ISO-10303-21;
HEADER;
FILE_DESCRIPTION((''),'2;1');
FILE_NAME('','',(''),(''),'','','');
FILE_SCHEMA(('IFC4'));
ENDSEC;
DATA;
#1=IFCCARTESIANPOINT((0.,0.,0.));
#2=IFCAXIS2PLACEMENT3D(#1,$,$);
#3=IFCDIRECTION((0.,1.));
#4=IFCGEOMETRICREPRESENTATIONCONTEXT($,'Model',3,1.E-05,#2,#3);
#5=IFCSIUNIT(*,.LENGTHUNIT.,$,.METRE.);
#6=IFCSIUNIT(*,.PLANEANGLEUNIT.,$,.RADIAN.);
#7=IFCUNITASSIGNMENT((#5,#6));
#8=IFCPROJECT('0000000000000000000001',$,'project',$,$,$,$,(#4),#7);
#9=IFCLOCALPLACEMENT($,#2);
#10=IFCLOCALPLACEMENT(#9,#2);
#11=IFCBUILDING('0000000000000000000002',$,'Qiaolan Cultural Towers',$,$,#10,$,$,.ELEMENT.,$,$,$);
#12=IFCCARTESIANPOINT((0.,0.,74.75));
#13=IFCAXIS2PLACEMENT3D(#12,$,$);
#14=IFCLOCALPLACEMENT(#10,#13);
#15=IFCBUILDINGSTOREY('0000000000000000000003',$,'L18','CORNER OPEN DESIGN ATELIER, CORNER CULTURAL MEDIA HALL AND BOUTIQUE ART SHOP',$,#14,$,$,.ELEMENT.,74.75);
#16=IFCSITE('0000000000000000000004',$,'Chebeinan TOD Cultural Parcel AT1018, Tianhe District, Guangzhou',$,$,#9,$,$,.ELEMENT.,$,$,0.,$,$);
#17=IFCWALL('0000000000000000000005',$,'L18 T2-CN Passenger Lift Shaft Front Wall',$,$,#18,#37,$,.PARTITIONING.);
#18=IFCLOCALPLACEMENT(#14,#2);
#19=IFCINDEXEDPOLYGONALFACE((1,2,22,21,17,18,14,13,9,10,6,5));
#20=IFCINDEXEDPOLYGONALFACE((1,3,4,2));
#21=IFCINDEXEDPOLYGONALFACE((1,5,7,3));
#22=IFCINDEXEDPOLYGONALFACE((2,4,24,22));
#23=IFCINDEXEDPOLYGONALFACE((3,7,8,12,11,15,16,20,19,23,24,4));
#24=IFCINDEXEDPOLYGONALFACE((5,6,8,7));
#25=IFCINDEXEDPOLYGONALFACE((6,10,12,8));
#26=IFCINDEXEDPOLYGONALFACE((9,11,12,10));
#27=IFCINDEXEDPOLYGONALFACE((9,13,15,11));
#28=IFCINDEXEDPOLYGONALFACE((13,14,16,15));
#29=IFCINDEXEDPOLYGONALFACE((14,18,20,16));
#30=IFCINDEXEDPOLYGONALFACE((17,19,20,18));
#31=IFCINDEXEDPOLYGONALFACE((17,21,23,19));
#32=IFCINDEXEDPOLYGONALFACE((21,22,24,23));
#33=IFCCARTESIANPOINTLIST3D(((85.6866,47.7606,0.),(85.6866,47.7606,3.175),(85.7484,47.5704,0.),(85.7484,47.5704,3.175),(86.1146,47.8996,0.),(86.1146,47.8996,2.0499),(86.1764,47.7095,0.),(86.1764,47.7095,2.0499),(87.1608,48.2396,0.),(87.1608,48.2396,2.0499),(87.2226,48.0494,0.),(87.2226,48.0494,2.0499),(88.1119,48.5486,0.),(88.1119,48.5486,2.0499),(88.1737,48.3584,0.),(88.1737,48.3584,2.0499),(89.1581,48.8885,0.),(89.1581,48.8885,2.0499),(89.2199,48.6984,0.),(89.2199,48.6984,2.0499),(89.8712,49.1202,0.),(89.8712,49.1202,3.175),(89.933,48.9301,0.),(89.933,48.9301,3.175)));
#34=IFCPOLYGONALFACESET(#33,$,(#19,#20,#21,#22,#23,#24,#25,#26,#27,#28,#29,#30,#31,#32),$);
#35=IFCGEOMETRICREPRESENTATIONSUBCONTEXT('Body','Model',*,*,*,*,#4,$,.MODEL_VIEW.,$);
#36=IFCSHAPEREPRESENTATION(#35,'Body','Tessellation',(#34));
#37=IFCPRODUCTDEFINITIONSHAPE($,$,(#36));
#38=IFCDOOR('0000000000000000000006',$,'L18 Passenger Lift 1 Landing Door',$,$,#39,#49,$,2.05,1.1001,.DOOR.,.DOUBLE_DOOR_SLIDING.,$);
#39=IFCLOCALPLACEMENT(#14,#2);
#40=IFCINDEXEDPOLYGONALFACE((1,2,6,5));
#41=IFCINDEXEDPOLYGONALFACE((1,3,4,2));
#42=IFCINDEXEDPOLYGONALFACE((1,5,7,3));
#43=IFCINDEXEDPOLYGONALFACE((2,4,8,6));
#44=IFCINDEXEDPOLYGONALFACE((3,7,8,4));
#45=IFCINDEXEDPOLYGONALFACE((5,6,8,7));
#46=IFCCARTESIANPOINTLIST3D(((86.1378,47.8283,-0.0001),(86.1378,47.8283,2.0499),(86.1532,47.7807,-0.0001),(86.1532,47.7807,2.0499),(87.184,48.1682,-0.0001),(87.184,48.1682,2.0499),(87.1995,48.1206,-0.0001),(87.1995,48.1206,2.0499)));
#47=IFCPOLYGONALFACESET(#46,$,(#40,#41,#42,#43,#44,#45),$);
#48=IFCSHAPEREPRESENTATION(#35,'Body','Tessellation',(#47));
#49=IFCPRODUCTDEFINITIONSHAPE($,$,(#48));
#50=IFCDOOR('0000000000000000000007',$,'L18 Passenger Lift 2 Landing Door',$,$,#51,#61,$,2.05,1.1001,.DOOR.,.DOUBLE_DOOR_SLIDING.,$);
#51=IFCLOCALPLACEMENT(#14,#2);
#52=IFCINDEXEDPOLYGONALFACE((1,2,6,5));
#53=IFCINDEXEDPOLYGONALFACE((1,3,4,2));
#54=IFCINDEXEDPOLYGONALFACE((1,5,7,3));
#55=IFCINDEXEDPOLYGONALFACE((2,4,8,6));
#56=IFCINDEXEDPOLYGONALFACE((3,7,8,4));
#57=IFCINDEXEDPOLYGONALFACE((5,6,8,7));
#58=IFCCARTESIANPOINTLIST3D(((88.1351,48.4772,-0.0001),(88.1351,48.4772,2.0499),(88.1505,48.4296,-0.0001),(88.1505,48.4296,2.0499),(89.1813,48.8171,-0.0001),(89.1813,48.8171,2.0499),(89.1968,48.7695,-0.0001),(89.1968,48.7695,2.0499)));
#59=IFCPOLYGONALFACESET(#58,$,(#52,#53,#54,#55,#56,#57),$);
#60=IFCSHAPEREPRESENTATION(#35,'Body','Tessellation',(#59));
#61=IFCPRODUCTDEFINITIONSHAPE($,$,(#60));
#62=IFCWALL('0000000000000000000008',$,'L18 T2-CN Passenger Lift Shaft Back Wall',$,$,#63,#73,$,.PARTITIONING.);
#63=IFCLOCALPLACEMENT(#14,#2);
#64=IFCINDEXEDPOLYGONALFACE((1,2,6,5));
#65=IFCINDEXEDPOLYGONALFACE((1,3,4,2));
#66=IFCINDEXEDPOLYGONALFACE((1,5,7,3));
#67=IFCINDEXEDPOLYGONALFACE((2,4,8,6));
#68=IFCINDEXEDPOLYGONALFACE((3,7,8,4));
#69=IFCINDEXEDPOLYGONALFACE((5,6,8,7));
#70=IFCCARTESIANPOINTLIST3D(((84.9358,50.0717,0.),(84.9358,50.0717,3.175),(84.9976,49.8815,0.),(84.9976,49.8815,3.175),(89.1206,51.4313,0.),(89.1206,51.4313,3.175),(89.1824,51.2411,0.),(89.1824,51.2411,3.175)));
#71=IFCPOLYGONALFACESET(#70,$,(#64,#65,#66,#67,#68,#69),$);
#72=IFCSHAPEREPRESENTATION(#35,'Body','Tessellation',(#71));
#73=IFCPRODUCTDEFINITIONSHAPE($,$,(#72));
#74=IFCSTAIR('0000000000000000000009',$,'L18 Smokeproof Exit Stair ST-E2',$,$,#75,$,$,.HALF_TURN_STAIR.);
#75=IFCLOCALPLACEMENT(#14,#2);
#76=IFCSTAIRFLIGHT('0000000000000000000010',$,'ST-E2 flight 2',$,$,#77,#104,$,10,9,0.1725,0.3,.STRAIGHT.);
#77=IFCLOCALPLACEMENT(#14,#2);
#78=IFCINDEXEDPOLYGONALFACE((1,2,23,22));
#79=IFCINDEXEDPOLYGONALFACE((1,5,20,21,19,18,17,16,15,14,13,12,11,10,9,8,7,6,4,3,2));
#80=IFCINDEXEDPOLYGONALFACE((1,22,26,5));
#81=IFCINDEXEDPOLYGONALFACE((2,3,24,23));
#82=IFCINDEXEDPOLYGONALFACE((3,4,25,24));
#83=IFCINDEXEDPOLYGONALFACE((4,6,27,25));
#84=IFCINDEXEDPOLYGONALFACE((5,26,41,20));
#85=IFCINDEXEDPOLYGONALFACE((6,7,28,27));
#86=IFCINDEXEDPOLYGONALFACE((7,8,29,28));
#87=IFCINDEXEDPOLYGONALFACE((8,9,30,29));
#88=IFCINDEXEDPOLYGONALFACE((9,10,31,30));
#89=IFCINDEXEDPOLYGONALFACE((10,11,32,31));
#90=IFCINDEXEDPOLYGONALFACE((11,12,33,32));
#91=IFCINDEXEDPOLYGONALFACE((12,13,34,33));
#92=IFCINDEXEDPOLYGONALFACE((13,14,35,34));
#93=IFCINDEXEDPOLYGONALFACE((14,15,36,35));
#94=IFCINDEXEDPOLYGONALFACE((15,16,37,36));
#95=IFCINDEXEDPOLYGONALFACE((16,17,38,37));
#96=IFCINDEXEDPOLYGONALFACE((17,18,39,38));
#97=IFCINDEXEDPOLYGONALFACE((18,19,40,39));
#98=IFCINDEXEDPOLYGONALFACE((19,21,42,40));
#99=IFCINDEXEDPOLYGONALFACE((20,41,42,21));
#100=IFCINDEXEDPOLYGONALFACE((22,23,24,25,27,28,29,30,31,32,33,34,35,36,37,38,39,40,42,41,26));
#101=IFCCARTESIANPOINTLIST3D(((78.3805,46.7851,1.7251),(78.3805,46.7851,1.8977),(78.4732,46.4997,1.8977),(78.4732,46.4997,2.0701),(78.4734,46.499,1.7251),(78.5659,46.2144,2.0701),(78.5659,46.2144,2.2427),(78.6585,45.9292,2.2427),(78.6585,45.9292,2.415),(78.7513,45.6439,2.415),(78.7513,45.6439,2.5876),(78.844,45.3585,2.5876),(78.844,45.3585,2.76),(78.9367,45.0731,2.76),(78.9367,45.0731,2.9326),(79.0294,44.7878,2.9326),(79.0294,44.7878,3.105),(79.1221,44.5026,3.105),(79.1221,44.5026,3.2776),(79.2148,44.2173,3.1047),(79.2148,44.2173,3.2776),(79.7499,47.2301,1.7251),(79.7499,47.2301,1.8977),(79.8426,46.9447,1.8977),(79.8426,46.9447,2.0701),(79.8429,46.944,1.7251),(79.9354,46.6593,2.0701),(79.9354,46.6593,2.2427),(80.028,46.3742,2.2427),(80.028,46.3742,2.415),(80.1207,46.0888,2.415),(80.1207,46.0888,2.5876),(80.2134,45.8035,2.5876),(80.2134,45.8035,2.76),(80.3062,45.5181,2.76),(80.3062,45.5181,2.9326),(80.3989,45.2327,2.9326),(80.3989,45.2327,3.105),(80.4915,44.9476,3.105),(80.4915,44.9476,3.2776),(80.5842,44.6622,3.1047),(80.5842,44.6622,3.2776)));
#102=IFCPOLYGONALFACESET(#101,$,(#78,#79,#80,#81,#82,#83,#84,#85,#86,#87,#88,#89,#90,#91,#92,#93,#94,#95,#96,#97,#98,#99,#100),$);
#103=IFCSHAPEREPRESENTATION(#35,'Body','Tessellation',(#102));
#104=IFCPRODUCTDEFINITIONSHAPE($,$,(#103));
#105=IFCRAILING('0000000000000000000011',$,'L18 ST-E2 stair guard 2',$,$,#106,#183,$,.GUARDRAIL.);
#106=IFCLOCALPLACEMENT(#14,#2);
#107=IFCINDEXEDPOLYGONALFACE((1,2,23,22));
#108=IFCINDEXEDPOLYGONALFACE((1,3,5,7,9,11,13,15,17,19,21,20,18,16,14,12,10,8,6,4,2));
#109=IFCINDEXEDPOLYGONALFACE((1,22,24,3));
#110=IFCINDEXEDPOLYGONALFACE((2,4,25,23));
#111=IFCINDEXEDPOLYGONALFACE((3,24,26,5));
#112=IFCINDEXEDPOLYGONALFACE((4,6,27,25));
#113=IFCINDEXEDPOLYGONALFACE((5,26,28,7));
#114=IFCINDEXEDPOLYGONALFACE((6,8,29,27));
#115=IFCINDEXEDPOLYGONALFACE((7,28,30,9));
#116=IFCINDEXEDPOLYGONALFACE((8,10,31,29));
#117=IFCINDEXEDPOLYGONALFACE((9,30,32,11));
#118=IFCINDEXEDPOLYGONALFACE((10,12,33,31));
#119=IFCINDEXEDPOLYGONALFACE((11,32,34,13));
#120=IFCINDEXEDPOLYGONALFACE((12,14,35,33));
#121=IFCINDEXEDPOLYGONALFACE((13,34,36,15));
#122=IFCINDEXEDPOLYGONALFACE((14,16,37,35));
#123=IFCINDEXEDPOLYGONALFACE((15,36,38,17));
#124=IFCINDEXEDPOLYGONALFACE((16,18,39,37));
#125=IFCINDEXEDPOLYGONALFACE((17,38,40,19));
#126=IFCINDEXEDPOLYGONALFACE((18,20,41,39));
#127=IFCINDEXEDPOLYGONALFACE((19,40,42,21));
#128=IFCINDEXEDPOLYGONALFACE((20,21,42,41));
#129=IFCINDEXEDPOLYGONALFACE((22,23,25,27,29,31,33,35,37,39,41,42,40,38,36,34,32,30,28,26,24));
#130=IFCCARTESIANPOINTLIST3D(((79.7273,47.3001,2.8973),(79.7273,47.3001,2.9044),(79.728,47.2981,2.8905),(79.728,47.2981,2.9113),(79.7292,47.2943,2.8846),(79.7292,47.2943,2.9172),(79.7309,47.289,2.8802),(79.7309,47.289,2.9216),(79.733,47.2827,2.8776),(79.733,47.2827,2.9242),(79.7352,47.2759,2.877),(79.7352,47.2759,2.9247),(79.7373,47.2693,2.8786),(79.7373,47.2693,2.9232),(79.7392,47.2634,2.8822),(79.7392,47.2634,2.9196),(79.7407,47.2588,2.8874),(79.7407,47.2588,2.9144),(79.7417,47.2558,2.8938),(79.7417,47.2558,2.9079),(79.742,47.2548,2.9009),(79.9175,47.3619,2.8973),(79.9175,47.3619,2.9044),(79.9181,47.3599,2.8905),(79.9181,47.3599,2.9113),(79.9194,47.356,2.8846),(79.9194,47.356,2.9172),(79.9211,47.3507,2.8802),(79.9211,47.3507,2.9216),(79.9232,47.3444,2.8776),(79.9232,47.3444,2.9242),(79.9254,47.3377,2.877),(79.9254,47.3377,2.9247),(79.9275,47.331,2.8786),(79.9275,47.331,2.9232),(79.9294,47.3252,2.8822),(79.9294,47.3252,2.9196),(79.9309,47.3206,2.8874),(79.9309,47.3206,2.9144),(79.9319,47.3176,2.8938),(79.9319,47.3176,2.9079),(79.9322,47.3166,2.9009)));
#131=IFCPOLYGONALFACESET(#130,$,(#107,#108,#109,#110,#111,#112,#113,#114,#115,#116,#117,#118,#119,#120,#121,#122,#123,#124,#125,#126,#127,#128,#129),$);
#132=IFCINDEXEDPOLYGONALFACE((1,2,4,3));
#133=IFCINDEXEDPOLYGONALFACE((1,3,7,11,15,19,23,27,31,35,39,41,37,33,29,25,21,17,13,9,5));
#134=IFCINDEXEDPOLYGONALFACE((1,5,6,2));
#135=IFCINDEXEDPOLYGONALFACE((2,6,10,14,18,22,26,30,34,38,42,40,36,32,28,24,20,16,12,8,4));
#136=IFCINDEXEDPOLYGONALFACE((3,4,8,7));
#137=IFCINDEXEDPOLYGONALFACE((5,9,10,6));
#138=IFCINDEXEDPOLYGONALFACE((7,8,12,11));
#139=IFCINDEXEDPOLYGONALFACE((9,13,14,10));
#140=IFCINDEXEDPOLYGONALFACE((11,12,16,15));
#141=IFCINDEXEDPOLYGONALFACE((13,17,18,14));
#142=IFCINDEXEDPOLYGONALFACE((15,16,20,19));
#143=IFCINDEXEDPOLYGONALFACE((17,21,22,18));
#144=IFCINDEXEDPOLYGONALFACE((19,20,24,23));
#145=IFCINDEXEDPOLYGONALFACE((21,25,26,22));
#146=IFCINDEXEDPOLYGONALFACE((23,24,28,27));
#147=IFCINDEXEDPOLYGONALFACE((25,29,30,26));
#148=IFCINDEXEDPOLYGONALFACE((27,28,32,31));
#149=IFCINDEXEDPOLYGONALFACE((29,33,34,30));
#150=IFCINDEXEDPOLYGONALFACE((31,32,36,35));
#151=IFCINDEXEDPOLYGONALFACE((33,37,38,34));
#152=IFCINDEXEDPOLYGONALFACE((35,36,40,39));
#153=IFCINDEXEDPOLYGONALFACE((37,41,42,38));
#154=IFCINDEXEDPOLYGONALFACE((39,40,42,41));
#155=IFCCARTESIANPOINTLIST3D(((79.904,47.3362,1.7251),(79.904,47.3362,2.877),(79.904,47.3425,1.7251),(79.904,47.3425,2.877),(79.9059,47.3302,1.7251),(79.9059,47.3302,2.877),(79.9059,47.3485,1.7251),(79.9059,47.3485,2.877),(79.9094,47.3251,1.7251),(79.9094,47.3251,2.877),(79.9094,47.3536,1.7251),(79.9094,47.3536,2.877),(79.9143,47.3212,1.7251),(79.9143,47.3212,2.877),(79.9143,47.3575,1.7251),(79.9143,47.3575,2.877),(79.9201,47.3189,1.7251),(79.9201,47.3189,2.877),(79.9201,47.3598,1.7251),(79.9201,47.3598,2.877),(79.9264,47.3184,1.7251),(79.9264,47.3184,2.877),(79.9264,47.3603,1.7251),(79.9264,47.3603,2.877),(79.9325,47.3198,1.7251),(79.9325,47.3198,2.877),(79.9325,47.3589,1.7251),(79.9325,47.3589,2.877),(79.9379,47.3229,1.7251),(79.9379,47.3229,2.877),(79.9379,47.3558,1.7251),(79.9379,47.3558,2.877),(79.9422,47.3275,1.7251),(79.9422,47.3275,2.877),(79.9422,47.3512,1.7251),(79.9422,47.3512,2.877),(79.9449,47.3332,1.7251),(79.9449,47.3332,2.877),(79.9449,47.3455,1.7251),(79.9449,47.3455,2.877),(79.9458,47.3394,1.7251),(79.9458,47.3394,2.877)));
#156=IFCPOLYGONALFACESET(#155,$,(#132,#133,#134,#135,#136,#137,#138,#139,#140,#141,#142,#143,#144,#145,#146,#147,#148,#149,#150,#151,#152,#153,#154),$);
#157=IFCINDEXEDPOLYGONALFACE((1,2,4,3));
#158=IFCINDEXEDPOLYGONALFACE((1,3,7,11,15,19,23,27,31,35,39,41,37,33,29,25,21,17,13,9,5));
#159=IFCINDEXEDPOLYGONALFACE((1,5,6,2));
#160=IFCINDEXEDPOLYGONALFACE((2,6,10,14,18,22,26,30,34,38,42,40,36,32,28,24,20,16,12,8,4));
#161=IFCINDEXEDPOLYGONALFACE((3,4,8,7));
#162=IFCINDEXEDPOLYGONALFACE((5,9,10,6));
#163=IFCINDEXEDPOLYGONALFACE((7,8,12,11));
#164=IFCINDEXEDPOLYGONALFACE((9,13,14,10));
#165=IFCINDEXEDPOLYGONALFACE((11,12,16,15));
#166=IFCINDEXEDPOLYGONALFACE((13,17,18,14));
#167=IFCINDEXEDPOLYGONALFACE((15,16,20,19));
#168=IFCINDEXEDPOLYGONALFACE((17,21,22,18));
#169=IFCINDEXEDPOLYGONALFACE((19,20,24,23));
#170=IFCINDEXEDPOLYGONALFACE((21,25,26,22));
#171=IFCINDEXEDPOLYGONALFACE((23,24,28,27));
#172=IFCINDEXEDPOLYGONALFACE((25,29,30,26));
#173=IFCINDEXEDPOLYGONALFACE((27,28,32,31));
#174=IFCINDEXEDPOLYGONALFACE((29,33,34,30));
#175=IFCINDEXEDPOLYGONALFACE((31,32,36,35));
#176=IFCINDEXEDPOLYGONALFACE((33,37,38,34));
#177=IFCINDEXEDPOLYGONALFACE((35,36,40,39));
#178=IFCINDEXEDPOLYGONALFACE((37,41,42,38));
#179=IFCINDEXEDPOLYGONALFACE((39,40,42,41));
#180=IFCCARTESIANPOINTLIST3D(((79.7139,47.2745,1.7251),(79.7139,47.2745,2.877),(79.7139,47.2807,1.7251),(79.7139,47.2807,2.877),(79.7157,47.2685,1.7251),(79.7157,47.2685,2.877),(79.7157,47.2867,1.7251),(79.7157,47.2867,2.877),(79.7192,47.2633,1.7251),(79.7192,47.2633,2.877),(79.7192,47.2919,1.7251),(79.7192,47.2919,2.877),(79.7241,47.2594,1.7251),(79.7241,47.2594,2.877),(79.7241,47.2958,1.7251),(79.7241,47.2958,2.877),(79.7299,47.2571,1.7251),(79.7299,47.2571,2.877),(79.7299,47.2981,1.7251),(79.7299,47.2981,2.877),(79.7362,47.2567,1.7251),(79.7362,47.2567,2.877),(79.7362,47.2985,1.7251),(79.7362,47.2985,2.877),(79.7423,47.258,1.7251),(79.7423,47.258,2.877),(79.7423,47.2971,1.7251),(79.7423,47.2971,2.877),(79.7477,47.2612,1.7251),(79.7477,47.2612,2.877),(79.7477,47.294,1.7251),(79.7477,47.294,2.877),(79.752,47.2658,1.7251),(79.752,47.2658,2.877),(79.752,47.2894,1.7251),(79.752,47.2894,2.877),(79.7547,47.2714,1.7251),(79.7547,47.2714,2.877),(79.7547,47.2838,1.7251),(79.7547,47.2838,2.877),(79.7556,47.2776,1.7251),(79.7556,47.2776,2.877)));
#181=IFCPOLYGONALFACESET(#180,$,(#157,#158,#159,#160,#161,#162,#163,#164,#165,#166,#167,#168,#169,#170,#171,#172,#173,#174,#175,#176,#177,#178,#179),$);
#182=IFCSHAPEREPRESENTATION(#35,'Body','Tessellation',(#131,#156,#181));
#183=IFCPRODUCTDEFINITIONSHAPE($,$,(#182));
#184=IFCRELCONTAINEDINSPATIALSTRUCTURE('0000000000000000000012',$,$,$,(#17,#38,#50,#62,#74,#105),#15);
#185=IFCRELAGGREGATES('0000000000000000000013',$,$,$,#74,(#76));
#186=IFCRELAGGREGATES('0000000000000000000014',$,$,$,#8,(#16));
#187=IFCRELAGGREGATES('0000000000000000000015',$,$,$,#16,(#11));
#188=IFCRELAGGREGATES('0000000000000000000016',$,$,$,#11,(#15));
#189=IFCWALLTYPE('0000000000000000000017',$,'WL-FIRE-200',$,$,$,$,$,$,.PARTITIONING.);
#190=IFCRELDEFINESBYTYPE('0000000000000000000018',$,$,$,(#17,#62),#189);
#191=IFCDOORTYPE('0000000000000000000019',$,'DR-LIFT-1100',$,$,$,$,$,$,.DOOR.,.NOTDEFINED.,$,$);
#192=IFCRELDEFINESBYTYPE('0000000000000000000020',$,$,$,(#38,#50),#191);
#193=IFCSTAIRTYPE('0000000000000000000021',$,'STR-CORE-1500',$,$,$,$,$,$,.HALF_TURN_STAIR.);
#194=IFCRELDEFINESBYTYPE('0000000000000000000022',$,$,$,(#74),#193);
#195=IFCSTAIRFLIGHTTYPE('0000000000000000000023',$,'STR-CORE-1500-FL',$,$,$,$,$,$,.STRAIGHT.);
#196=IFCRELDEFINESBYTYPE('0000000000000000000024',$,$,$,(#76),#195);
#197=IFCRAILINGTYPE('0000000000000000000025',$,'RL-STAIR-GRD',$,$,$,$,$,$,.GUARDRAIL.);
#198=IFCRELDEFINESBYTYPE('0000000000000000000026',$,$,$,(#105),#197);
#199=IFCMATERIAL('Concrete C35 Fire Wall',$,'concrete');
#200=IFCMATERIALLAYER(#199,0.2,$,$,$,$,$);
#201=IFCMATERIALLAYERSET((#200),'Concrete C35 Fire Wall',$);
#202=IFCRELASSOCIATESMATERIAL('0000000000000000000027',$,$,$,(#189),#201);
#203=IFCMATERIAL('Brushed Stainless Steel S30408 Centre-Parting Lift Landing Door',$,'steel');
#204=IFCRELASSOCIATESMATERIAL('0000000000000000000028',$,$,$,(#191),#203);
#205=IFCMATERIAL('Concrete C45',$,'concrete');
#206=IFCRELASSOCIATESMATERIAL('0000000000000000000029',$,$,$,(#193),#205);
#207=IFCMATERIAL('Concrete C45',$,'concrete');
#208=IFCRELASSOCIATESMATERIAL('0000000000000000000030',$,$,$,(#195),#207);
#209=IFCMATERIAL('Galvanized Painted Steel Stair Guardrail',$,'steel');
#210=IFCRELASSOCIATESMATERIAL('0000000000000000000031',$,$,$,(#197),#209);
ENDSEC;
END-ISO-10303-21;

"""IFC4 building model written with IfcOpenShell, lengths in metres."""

from ifc_helpers import new_model, si_unit, direction, frame, frame_2d, origin, origin_2d, place, context, subcontext, project, spatial, polyline, rectangle, circle, outline, extrude, material, layer, layer_set, type_object, element, fill, aggregate, save


model = new_model("IFC4")

# Units and contexts
model_context = context("Model", 3, precision=1e-05, world=origin(), true_north=direction((0.0, 1.0)))
body_context = subcontext(model_context, "Body", "Model", "MODEL_VIEW")
ifc_project = project(units=[si_unit("LENGTHUNIT", "METRE"), si_unit("PLANEANGLEUNIT", "RADIAN")], contexts=[model_context])

# Site, building, storey
site_placement = place(None, origin())
site = spatial("IfcSite", under=ifc_project, at=site_placement, Name="Chebeinan TOD Cultural Parcel AT1018, Tianhe District, Guangzhou", CompositionType="ELEMENT", RefElevation=0.0)
building_placement = place(site_placement, origin())
building = spatial("IfcBuilding", under=site, at=building_placement, Name="Qiaolan Cultural Towers", CompositionType="ELEMENT")
storey_placement = place(building_placement, frame((0.0, 0.0, 74.75)))
storey = spatial("IfcBuildingStorey", under=building, at=storey_placement, Name="L18", Description="CORNER OPEN DESIGN ATELIER, CORNER CULTURAL MEDIA HALL AND BOUTIQUE ART SHOP", CompositionType="ELEMENT", Elevation=74.75)

# Shared definitions
ifc_material_1 = material(Name="Concrete C35 Fire Wall", Category="concrete")
ifc_layer_1 = layer(ifc_material_1, 0.2)
ifc_layer_set_1 = layer_set([ifc_layer_1], Name="Concrete C35 Fire Wall")
wall_type_1 = type_object("IfcWallType", Name="WL-FIRE-200", PredefinedType="PARTITIONING", material=ifc_layer_set_1)
ifc_material_2 = material(Name="Brushed Stainless Steel S30408 Centre-Parting Lift Landing Door", Category="steel")
door_type = type_object("IfcDoorType", Name="DR-LIFT-1100", OperationType="NOTDEFINED", PredefinedType="DOOR", material=ifc_material_2)

# Wall, openings, doors
wall_1_placement = place(storey_placement, frame((85.7175, 47.6655, 0.0), z_axis=(0.0, 0.0, 1.0), x_axis=(0.951059, 0.309011, 0.0)))
wall_1 = element("IfcWall", 1, at=wall_1_placement, inside=storey, type_object=wall_type_1, Name="L18 T2-CN Passenger Lift Shaft Front Wall", PredefinedType="PARTITIONING", context=body_context, shape_type="SweptSolid", body=[
    extrude(rectangle(XDim=4.3999, YDim=0.2, at=frame_2d((2.2, 0.0))), origin(), (0.0, 0.0, 1.0), 3.175),
])
opening_1_placement = place(wall_1_placement, frame((0.45, 0.0, 0.0)))
opening_1 = element("IfcOpeningElement", 2, at=opening_1_placement, cuts=wall_1, PredefinedType="OPENING", context=body_context, shape_type="SweptSolid", body=[
    extrude(rectangle(XDim=1.1001, YDim=2.05, at=frame_2d((0.55, 1.0249))), frame((0.0, 0.1099, 0.0), z_axis=(0.0, -1.0, 0.0), x_axis=(1.0, 0.0, 0.0)), (0.0, 0.0, 1.0), 0.22),
])
opening_2_placement = place(wall_1_placement, frame((2.55, 0.0, 0.0)))
opening_2 = element("IfcOpeningElement", 3, at=opening_2_placement, cuts=wall_1, PredefinedType="OPENING", context=body_context, shape_type="SweptSolid", body=[
    extrude(rectangle(XDim=1.1001, YDim=2.05, at=frame_2d((0.55, 1.0249))), frame((0.0, 0.1099, 0.0), z_axis=(0.0, -1.0, 0.0), x_axis=(1.0, 0.0, 0.0)), (0.0, 0.0, 1.0), 0.22),
])
door_1_placement = place(opening_1_placement, origin())
door_1 = element("IfcDoor", 4, at=door_1_placement, inside=storey, type_object=door_type, Name="L18 Passenger Lift 1 Landing Door", OperationType="DOUBLE_DOOR_SLIDING", OverallHeight=2.05, OverallWidth=1.1001, PredefinedType="DOOR", context=body_context, shape_type="SweptSolid", body=[
    extrude(rectangle(XDim=1.1001, YDim=2.05, at=frame_2d((0.55, 1.0249))), frame((0.0, 0.0249, 0.0), z_axis=(0.0, -1.0, 0.0), x_axis=(1.0, 0.0, 0.0)), (0.0, 0.0, 1.0), 0.05),
])
fill(opening_1, door_1)
door_2_placement = place(opening_2_placement, origin())
door_2 = element("IfcDoor", 5, at=door_2_placement, inside=storey, type_object=door_type, Name="L18 Passenger Lift 2 Landing Door", OperationType="DOUBLE_DOOR_SLIDING", OverallHeight=2.05, OverallWidth=1.1001, PredefinedType="DOOR", context=body_context, shape_type="SweptSolid", body=[
    extrude(rectangle(XDim=1.1001, YDim=2.05, at=frame_2d((0.55, 1.0249))), frame((0.0, 0.0249, 0.0), z_axis=(0.0, -1.0, 0.0), x_axis=(1.0, 0.0, 0.0)), (0.0, 0.0, 1.0), 0.05),
])
fill(opening_2, door_2)

# Wall
wall_2_placement = place(storey_placement, frame((84.9666, 49.9766, 0.0), z_axis=(0.0, 0.0, 1.0), x_axis=(0.951064, 0.308994, 0.0)))
element("IfcWall", 6, at=wall_2_placement, inside=storey, type_object=wall_type_1, Name="L18 T2-CN Passenger Lift Shaft Back Wall", PredefinedType="PARTITIONING", context=body_context, shape_type="SweptSolid", body=[
    extrude(rectangle(XDim=4.4001, YDim=0.2, at=frame_2d((2.2002, 0.0))), origin(), (0.0, 0.0, 1.0), 3.175),
])

# Stair, stair flight
ifc_material_3 = material(Name="Concrete C45", Category="concrete")
stair_type = type_object("IfcStairType", Name="STR-CORE-1500", PredefinedType="HALF_TURN_STAIR", material=ifc_material_3)
stair_placement = place(storey_placement, origin())
stair = element("IfcStair", 7, at=stair_placement, inside=storey, type_object=stair_type, Name="L18 Smokeproof Exit Stair ST-E2", PredefinedType="HALF_TURN_STAIR")
ifc_material_4 = material(Name="Concrete C45", Category="concrete")
stair_flight_type = type_object("IfcStairFlightType", Name="STR-CORE-1500-FL", PredefinedType="STRAIGHT", material=ifc_material_4)
stair_flight_placement = place(storey_placement, frame((79.0652, 47.0076, 1.7251), z_axis=(0.0, 0.0, 1.0), x_axis=(0.309017, -0.951057, 0.0)))
stair_flight = element("IfcStairFlight", 8, at=stair_flight_placement, type_object=stair_flight_type, Name="ST-E2 flight 2", NumberOfRisers=10, NumberOfTreads=9, PredefinedType="STRAIGHT", RiserHeight=0.1725, TreadLength=0.3, context=body_context, shape_type="SweptSolid", body=[
    extrude(outline(polyline([(0.0, 0.0), (0.0, 0.1726), (0.3, 0.1726), (0.3, 0.345), (0.6001, 0.345), (0.6001, 0.5176), (0.8999, 0.5176), (0.8999, 0.6899), (1.2, 0.6899), (1.2, 0.8625), (1.5, 0.8625), (1.5, 1.0349), (1.8, 1.0349), (1.8, 1.2075), (2.1001, 1.2075), (2.1001, 1.3799), (2.3999, 1.3799), (2.3999, 1.5525), (2.7, 1.5525), (2.7, 1.7251), (2.7, 1.3796), (0.3008, 0.0), (0.0, 0.0)])), frame((0.0, 0.72, 0.0), z_axis=(0.0, -1.0, 0.0), x_axis=(1.0, 0.0, 0.0)), (0.0, 0.0, 1.0), 1.4399),
])
aggregate(stair, [stair_flight])

# Railing
ifc_material_5 = material(Name="Galvanized Painted Steel Stair Guardrail", Category="steel")
railing_type_1 = type_object("IfcRailingType", Name="RL-STAIR-GRD", PredefinedType="GUARDRAIL", material=ifc_material_5)
railing_1_placement = place(storey_placement, frame((79.9248, 47.3394, 1.7251)))
element("IfcRailing", 9, at=railing_1_placement, inside=storey, type_object=railing_type_1, Name="L18 ST-E2 stair guard 2", PredefinedType="GUARDRAIL", context=body_context, shape_type="SweptSolid", body=[
    extrude(circle(Radius=0.0239, at=origin_2d()), frame((0.0, 0.0, 1.1758), z_axis=(-0.951097, -0.308893, 0.0), x_axis=(0.308893, -0.951097, 0.0)), (0.0, 0.0, 1.0), 0.2),
    extrude(circle(Radius=0.021, at=origin_2d()), origin(), (0.0, 0.0, 1.0), 1.1519),
    extrude(circle(Radius=0.021, at=origin_2d()), frame((-0.1902, -0.0618, 0.0)), (0.0, 0.0, 1.0), 1.1519),
])

save(model, "model.ifc")
